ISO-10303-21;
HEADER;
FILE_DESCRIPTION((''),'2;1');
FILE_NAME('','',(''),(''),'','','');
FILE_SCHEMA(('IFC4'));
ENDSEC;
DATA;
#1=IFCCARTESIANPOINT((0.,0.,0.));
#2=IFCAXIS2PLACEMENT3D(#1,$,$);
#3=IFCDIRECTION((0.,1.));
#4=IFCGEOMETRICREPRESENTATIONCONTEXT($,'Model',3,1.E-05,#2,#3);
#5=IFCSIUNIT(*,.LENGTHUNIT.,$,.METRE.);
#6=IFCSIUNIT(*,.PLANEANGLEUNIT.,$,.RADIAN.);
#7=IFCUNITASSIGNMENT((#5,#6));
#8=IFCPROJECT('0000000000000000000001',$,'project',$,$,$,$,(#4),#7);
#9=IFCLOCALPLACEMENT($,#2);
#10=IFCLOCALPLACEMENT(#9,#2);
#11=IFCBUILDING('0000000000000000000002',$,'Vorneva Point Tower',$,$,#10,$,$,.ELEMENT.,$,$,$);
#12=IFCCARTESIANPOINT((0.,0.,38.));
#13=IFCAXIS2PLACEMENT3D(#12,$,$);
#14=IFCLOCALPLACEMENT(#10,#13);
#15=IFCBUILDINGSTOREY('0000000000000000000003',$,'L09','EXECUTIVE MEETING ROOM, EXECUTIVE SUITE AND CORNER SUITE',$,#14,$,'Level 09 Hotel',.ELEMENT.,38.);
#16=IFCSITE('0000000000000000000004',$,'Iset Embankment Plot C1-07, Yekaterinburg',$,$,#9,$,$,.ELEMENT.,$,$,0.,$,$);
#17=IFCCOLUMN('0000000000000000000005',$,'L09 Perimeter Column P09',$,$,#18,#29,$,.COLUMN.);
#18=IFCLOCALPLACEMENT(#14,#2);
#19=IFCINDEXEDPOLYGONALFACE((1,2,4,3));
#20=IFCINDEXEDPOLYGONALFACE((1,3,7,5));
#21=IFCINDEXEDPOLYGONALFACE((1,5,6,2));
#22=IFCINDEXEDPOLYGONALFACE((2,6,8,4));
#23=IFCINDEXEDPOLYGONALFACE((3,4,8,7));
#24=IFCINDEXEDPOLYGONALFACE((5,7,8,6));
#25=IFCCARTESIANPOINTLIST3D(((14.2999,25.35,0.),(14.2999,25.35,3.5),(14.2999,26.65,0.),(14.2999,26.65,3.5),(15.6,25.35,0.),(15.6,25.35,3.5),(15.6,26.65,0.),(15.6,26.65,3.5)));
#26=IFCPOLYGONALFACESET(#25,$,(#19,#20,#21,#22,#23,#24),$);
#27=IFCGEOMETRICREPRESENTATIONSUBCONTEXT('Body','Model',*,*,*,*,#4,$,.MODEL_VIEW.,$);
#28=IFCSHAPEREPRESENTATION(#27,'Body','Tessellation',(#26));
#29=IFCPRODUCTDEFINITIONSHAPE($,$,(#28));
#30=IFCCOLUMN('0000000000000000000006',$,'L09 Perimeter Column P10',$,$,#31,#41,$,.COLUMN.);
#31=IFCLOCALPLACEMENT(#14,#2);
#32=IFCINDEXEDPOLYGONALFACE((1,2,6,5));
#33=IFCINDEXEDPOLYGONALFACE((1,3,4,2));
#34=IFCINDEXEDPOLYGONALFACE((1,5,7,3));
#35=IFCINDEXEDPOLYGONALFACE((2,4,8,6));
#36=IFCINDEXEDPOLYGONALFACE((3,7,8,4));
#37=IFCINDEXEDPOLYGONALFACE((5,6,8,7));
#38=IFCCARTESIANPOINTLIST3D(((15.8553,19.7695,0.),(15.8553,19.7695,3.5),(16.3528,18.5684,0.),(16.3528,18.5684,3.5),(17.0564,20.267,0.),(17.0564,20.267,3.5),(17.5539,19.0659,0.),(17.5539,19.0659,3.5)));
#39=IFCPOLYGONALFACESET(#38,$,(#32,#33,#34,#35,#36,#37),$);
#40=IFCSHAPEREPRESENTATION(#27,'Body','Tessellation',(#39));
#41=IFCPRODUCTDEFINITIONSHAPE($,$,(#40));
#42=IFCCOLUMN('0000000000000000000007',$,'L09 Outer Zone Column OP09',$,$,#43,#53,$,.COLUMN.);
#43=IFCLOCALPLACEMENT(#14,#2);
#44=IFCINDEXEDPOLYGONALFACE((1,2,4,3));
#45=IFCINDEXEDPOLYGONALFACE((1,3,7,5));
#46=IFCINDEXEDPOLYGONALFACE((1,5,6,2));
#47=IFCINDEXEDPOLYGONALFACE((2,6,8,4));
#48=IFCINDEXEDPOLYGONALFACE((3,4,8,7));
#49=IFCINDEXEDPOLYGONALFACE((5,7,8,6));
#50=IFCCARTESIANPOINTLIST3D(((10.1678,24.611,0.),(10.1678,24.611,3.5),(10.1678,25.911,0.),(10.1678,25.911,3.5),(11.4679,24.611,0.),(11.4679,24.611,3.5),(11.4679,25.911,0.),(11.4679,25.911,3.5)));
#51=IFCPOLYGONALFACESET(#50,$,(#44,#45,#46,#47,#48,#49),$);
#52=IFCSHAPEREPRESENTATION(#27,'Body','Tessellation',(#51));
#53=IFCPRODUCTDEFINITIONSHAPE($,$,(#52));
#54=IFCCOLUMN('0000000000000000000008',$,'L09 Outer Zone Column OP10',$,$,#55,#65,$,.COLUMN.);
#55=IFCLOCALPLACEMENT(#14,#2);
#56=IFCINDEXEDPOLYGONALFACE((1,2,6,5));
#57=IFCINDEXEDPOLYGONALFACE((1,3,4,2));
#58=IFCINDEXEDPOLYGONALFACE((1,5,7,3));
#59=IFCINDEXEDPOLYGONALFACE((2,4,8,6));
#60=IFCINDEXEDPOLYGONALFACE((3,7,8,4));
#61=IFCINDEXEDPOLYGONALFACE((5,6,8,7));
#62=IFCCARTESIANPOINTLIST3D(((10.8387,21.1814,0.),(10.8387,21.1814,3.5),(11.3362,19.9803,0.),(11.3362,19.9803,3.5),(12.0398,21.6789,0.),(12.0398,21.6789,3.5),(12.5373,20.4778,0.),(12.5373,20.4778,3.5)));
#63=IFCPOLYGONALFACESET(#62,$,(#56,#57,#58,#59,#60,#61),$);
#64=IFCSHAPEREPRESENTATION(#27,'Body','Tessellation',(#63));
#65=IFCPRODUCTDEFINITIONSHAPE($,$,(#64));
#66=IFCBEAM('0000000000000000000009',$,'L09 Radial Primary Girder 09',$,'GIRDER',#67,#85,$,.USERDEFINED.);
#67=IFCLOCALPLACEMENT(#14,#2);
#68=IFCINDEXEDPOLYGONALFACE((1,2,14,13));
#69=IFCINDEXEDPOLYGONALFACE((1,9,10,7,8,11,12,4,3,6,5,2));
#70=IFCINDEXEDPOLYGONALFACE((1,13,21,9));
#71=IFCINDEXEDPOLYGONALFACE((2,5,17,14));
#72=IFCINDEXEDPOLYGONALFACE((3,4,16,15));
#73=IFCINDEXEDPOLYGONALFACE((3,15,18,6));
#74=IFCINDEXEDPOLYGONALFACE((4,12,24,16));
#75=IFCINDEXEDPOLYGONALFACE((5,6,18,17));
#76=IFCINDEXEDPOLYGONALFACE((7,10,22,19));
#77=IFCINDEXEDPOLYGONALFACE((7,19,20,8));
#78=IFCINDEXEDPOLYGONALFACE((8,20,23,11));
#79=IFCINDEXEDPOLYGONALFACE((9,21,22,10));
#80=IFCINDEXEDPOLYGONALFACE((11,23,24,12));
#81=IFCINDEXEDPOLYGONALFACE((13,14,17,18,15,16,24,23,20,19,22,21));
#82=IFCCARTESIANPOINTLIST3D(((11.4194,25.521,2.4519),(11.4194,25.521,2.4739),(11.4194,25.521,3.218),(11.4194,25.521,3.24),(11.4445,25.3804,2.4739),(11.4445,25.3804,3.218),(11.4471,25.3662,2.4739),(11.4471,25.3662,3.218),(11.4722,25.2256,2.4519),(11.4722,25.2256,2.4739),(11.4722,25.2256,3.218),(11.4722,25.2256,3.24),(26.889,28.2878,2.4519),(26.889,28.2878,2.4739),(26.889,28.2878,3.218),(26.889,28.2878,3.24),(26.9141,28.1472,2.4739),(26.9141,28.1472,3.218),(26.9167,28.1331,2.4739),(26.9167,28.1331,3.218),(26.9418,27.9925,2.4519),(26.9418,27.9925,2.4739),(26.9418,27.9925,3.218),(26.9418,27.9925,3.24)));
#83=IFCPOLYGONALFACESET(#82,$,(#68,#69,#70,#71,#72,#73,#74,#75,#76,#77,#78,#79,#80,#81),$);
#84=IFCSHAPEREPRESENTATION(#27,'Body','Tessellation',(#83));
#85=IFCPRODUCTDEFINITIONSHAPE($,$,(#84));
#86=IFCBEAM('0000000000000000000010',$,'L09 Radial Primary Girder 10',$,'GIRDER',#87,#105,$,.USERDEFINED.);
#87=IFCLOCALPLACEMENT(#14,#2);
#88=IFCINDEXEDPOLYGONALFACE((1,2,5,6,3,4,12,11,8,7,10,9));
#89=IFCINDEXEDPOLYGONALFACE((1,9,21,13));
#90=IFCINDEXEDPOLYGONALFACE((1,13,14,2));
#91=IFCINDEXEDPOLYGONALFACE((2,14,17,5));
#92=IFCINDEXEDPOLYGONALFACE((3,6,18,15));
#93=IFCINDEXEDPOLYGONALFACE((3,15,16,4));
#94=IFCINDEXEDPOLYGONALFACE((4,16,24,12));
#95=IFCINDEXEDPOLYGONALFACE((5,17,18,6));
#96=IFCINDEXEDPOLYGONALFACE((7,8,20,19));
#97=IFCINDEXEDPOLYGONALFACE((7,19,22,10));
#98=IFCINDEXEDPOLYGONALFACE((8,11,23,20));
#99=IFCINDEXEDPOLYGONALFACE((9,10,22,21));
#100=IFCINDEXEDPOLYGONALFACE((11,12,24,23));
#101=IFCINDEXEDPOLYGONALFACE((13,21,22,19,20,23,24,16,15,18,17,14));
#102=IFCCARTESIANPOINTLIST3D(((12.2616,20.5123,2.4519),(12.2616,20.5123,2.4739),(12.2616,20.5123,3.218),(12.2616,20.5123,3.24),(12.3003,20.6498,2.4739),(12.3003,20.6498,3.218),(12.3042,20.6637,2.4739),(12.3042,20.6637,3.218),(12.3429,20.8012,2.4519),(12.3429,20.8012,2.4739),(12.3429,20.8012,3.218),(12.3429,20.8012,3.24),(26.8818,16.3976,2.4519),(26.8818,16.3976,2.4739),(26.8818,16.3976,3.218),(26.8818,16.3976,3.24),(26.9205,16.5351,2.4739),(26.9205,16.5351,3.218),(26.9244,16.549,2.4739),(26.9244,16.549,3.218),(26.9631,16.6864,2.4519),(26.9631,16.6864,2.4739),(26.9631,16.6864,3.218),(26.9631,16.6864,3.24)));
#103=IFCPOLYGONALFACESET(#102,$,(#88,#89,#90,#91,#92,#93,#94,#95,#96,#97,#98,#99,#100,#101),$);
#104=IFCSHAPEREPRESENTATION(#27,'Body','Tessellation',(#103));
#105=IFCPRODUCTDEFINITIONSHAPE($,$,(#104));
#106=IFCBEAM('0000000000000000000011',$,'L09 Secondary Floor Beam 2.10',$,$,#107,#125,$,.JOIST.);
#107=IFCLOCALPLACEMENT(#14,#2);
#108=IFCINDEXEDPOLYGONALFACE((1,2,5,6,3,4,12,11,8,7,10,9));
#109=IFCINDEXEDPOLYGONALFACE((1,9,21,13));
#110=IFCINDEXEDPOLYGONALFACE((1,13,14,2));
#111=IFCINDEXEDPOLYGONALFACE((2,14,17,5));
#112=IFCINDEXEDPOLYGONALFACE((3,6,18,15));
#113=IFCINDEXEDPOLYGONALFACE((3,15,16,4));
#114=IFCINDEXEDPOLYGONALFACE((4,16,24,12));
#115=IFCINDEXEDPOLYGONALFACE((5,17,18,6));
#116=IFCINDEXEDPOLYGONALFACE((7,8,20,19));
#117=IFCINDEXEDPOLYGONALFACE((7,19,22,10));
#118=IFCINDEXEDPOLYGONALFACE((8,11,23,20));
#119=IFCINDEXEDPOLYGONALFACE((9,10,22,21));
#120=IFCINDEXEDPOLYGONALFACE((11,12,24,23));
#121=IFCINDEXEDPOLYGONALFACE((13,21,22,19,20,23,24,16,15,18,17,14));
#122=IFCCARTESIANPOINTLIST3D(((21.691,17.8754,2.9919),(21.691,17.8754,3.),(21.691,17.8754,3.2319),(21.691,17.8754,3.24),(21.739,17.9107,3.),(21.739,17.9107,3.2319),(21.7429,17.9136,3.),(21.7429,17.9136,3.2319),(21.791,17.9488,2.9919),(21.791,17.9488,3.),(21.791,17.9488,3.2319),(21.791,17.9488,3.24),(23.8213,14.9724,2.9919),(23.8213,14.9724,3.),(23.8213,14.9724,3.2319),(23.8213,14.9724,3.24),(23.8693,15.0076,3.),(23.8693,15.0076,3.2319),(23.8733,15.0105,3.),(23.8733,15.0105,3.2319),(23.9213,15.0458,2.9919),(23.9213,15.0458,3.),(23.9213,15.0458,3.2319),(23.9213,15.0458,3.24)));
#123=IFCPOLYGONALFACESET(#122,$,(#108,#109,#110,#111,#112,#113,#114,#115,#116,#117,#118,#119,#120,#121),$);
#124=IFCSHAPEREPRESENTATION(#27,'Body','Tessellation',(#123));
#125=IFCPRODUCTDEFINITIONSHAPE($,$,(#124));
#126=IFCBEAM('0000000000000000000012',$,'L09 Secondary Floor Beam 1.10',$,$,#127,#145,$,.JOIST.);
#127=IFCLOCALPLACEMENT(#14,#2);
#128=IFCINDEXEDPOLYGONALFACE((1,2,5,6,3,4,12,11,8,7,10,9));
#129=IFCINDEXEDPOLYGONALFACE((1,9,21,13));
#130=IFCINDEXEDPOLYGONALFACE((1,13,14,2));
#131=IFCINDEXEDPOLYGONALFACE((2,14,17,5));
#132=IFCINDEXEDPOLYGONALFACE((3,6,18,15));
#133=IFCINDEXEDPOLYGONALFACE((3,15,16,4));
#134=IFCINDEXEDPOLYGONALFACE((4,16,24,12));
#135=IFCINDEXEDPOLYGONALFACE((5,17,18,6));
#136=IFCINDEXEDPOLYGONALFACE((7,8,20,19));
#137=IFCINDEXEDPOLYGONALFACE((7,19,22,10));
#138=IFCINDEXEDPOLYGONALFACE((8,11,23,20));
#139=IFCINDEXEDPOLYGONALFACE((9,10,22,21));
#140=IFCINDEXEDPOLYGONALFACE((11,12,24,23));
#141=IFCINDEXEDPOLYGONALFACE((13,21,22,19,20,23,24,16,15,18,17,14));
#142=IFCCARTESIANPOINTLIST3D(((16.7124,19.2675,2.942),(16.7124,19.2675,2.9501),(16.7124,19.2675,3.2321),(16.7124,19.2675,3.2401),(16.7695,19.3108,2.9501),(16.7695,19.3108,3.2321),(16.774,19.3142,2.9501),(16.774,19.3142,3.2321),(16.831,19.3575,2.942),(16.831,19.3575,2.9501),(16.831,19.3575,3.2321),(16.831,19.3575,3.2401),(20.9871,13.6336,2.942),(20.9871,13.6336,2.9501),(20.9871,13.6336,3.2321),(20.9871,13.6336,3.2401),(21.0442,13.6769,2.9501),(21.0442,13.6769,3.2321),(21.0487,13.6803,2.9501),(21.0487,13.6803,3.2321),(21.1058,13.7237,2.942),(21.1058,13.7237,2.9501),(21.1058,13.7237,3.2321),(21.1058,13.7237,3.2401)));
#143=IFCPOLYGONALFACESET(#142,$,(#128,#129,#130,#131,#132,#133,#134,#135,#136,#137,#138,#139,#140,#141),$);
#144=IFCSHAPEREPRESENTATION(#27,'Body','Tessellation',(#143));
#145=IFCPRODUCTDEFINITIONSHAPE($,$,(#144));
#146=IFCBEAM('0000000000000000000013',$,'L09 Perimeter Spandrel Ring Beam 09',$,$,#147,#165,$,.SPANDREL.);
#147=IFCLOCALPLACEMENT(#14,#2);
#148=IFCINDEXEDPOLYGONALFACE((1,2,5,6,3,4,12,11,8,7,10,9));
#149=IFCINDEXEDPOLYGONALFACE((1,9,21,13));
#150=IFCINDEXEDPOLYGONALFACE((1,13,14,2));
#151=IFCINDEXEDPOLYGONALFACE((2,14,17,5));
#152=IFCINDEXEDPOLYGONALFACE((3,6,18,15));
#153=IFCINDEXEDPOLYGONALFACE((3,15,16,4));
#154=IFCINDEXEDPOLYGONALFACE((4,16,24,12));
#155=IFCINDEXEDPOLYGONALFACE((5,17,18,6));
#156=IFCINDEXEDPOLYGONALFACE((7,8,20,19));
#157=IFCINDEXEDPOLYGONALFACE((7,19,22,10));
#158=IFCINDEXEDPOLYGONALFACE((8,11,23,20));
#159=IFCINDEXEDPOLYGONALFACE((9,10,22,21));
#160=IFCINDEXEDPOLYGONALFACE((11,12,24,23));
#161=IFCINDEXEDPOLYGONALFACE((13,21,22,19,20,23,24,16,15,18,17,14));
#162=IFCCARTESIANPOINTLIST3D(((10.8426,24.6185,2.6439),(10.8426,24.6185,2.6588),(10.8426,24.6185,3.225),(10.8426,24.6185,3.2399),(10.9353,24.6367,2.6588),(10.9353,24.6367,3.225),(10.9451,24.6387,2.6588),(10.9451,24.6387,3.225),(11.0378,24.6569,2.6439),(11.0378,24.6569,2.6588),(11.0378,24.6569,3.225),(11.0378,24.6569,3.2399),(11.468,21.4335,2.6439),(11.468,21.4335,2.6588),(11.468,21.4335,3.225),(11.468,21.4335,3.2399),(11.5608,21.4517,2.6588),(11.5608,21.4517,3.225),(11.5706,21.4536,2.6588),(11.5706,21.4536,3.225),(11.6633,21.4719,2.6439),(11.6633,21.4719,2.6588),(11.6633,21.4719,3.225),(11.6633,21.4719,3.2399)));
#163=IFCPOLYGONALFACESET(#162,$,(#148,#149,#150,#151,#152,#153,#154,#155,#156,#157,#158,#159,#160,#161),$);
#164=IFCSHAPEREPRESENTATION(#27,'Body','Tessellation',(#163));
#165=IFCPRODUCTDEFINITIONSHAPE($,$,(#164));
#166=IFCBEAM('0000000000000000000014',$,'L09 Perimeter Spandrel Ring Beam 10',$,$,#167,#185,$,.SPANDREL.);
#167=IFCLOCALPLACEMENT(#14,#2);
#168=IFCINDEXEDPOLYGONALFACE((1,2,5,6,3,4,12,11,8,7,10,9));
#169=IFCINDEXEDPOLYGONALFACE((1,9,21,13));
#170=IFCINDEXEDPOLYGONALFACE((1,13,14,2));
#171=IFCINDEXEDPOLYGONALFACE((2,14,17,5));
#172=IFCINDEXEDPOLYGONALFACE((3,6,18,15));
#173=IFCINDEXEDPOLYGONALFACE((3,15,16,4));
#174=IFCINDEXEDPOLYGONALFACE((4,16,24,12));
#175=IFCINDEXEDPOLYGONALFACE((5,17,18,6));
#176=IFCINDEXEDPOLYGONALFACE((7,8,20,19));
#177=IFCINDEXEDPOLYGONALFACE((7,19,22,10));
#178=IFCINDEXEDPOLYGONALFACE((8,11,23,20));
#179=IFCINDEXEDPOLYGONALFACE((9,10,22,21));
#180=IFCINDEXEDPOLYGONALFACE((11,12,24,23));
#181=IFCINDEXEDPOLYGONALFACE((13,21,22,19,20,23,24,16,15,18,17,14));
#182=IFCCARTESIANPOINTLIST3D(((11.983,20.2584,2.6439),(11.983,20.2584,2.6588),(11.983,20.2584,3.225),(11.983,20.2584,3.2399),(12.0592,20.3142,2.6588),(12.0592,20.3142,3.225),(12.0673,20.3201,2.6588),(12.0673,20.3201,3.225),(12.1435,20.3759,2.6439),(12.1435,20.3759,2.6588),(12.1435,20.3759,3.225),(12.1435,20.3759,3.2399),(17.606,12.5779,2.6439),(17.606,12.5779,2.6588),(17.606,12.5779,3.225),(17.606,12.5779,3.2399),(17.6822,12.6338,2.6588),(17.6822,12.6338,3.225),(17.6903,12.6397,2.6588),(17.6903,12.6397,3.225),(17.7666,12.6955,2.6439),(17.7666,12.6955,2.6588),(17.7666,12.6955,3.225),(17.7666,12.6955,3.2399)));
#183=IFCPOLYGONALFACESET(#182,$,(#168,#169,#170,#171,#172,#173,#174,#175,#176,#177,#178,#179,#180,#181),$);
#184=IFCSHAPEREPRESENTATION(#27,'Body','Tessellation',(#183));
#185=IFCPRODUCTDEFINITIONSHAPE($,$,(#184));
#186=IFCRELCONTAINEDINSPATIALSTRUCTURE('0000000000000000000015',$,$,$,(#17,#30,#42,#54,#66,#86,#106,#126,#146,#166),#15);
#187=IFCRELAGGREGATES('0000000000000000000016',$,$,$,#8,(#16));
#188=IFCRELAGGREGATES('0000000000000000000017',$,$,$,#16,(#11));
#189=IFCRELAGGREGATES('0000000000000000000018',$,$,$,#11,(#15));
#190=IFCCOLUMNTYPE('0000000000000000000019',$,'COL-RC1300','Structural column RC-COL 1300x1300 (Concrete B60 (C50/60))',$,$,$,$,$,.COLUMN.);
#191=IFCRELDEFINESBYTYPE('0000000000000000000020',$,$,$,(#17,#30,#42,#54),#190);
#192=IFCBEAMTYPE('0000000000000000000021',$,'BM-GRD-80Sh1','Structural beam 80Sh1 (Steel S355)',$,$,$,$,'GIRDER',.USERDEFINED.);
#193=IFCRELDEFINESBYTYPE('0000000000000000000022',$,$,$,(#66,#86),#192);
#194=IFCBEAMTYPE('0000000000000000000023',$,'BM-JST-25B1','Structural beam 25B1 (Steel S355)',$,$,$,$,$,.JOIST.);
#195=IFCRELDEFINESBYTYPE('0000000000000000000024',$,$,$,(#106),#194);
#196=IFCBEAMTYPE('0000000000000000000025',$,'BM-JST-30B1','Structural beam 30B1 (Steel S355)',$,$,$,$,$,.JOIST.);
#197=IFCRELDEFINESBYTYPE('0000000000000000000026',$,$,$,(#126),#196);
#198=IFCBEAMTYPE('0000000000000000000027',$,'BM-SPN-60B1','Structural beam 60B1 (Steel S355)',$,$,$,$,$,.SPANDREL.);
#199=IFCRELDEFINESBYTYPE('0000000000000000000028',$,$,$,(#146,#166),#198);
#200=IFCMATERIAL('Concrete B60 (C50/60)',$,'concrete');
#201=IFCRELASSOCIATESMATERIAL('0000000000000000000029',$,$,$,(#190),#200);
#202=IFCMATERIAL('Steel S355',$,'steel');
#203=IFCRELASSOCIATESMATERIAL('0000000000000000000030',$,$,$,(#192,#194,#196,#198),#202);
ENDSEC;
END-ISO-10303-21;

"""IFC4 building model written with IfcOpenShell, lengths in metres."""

from ifc_helpers import new_model, si_unit, direction, frame, origin, origin_2d, place, context, subcontext, project, spatial, rectangle, i_section, extrude, material, material_profile, profile_set, type_object, element, save


model = new_model("IFC4")

# Units and contexts
model_context = context("Model", 3, precision=1e-05, world=origin(), true_north=direction((0.0, 1.0)))
body_context = subcontext(model_context, "Body", "Model", "MODEL_VIEW")
ifc_project = project(units=[si_unit("LENGTHUNIT", "METRE"), si_unit("PLANEANGLEUNIT", "RADIAN")], contexts=[model_context])

# Site, building, storey
site_placement = place(None, origin())
site = spatial("IfcSite", under=ifc_project, at=site_placement, Name="Iset Embankment Plot C1-07, Yekaterinburg", CompositionType="ELEMENT", RefElevation=0.0)
building_placement = place(site_placement, origin())
building = spatial("IfcBuilding", under=site, at=building_placement, Name="Vorneva Point Tower", CompositionType="ELEMENT")
storey_placement = place(building_placement, frame((0.0, 0.0, 38.0)))
storey = spatial("IfcBuildingStorey", under=building, at=storey_placement, Name="L09", Description="EXECUTIVE MEETING ROOM, EXECUTIVE SUITE AND CORNER SUITE", LongName="Level 09 Hotel", CompositionType="ELEMENT", Elevation=38.0)

# Columns
ifc_material_1 = material(Name="Concrete B60 (C50/60)", Category="concrete")
ifc_material_profile_1 = material_profile(ifc_material_1, rectangle(XDim=1.3, YDim=1.3, at=origin_2d()), Name="RC-COL 1300x1300")
ifc_profile_set_1 = profile_set([ifc_material_profile_1], Name="Concrete B60 (C50/60)")
column_type = type_object("IfcColumnType", Name="COL-RC1300", Description="Structural column RC-COL 1300x1300 (Concrete B60 (C50/60))", PredefinedType="COLUMN", material=ifc_profile_set_1)
for number, where, z_axis, x_axis, name in (
    (1, (14.95, 26.0, 0.0), (0.0, 0.0, 1.0), (-1.0, 0.0, 0.0), "L09 Perimeter Column P09"),
    (2, (16.7046, 19.4177, 0.0), (0.0, 0.0, 1.0), (-0.92388, -0.382683, 0.0), "L09 Perimeter Column P10"),
    (3, (10.8179, 25.261, 0.0), (0.0, 0.0, 1.0), (-1.0, 0.0, 0.0), "L09 Outer Zone Column OP09"),
    (4, (11.688, 20.8296, 0.0), (0.0, 0.0, 1.0), (-0.92388, -0.382683, 0.0), "L09 Outer Zone Column OP10"),
):
    element("IfcColumn", number, at=place(storey_placement, frame(where, z_axis=z_axis, x_axis=x_axis)), inside=storey, type_object=column_type, Name=name, PredefinedType="COLUMN", context=body_context, shape_type="SweptSolid", body=[
        extrude(rectangle(XDim=1.3, YDim=1.3, at=origin_2d()), origin(), (0.0, 0.0, 1.0), 3.5),
    ])

# Beams
ifc_material_2 = material(Name="Steel S355", Category="steel")
ifc_material_profile_2 = material_profile(ifc_material_2, i_section(OverallWidth=0.3, OverallDepth=0.7881, WebThickness=0.0144, FlangeThickness=0.022, at=origin_2d()), Name="80Sh1")
ifc_profile_set_2 = profile_set([ifc_material_profile_2], Name="Steel S355")
beam_type_1 = type_object("IfcBeamType", Name="BM-GRD-80Sh1", Description="Structural beam 80Sh1 (Steel S355)", ElementType="GIRDER", PredefinedType="USERDEFINED", material=ifc_profile_set_2)
beam_1_placement = place(storey_placement, frame((11.4458, 25.3733, 2.8459), z_axis=(0.984379, 0.176064, 0.0), x_axis=(-0.176064, 0.984379, 0.0)))
element("IfcBeam", 5, at=beam_1_placement, inside=storey, type_object=beam_type_1, Name="L09 Radial Primary Girder 09", ObjectType="GIRDER", PredefinedType="USERDEFINED", context=body_context, shape_type="SweptSolid", body=[
    extrude(i_section(OverallWidth=0.3, OverallDepth=0.7881, WebThickness=0.0144, FlangeThickness=0.022, at=origin_2d()), origin(), (0.0, 0.0, 1.0), 15.7151),
])
beam_2_placement = place(storey_placement, frame((12.3022, 20.6567, 2.8459), z_axis=(0.962603, -0.270915, 0.0), x_axis=(0.270915, 0.962603, 0.0)))
element("IfcBeam", 6, at=beam_2_placement, inside=storey, type_object=beam_type_1, Name="L09 Radial Primary Girder 10", ObjectType="GIRDER", PredefinedType="USERDEFINED", context=body_context, shape_type="SweptSolid", body=[
    extrude(i_section(OverallWidth=0.3, OverallDepth=0.7881, WebThickness=0.0144, FlangeThickness=0.022, at=origin_2d()), origin(), (0.0, 0.0, 1.0), 15.1882),
])
ifc_material_profile_3 = material_profile(ifc_material_2, i_section(OverallWidth=0.124, OverallDepth=0.248, WebThickness=0.0049, FlangeThickness=0.0081, at=origin_2d()), Name="25B1")
ifc_profile_set_3 = profile_set([ifc_material_profile_3], Name="Steel S355")
beam_type_2 = type_object("IfcBeamType", Name="BM-JST-25B1", Description="Structural beam 25B1 (Steel S355)", PredefinedType="JOIST", material=ifc_profile_set_3)
beam_3_placement = place(storey_placement, frame((21.741, 17.9121, 3.116), z_axis=(0.591625, -0.806213, 0.0), x_axis=(0.806213, 0.591625, 0.0)))
element("IfcBeam", 7, at=beam_3_placement, inside=storey, type_object=beam_type_2, Name="L09 Secondary Floor Beam 2.10", PredefinedType="JOIST", context=body_context, shape_type="SweptSolid", body=[
    extrude(i_section(OverallWidth=0.124, OverallDepth=0.248, WebThickness=0.0049, FlangeThickness=0.0081, at=origin_2d()), origin(), (0.0, 0.0, 1.0), 3.6008),
])
ifc_material_profile_4 = material_profile(ifc_material_2, i_section(OverallWidth=0.1489, OverallDepth=0.2981, WebThickness=0.0056, FlangeThickness=0.0081, at=origin_2d()), Name="30B1")
ifc_profile_set_4 = profile_set([ifc_material_profile_4], Name="Steel S355")
beam_type_3 = type_object("IfcBeamType", Name="BM-JST-30B1", Description="Structural beam 30B1 (Steel S355)", PredefinedType="JOIST", material=ifc_profile_set_4)
beam_4_placement = place(storey_placement, frame((16.7717, 19.3125, 3.0911), z_axis=(0.604454, -0.79664, 0.0), x_axis=(0.79664, 0.604454, 0.0)))
element("IfcBeam", 8, at=beam_4_placement, inside=storey, type_object=beam_type_3, Name="L09 Secondary Floor Beam 1.10", PredefinedType="JOIST", context=body_context, shape_type="SweptSolid", body=[
    extrude(i_section(OverallWidth=0.1489, OverallDepth=0.2981, WebThickness=0.0056, FlangeThickness=0.0081, at=origin_2d()), origin(), (0.0, 0.0, 1.0), 7.072),
])
ifc_material_profile_5 = material_profile(ifc_material_2, i_section(OverallWidth=0.199, OverallDepth=0.5959, WebThickness=0.01, FlangeThickness=0.0149, at=origin_2d()), Name="60B1")
ifc_profile_set_5 = profile_set([ifc_material_profile_5], Name="Steel S355")
beam_type_4 = type_object("IfcBeamType", Name="BM-SPN-60B1", Description="Structural beam 60B1 (Steel S355)", PredefinedType="SPANDREL", material=ifc_profile_set_5)
beam_5_placement = place(storey_placement, frame((10.9402, 24.6377, 2.9419), z_axis=(0.192701, -0.981257, 0.0), x_axis=(0.981257, 0.192701, 0.0)))
element("IfcBeam", 9, at=beam_5_placement, inside=storey, type_object=beam_type_4, Name="L09 Perimeter Spandrel Ring Beam 09", PredefinedType="SPANDREL", context=body_context, shape_type="SweptSolid", body=[
    extrude(i_section(OverallWidth=0.199, OverallDepth=0.5959, WebThickness=0.01, FlangeThickness=0.0149, at=origin_2d()), origin(), (0.0, 0.0, 1.0), 3.2458),
])
beam_6_placement = place(storey_placement, frame((12.0632, 20.3171, 2.9419), z_axis=(0.590731, -0.806869, 0.0), x_axis=(0.806869, 0.590731, 0.0)))
element("IfcBeam", 10, at=beam_6_placement, inside=storey, type_object=beam_type_4, Name="L09 Perimeter Spandrel Ring Beam 10", PredefinedType="SPANDREL", context=body_context, shape_type="SweptSolid", body=[
    extrude(i_section(OverallWidth=0.199, OverallDepth=0.5959, WebThickness=0.01, FlangeThickness=0.0149, at=origin_2d()), origin(), (0.0, 0.0, 1.0), 9.5188),
])

save(model, "model.ifc")
